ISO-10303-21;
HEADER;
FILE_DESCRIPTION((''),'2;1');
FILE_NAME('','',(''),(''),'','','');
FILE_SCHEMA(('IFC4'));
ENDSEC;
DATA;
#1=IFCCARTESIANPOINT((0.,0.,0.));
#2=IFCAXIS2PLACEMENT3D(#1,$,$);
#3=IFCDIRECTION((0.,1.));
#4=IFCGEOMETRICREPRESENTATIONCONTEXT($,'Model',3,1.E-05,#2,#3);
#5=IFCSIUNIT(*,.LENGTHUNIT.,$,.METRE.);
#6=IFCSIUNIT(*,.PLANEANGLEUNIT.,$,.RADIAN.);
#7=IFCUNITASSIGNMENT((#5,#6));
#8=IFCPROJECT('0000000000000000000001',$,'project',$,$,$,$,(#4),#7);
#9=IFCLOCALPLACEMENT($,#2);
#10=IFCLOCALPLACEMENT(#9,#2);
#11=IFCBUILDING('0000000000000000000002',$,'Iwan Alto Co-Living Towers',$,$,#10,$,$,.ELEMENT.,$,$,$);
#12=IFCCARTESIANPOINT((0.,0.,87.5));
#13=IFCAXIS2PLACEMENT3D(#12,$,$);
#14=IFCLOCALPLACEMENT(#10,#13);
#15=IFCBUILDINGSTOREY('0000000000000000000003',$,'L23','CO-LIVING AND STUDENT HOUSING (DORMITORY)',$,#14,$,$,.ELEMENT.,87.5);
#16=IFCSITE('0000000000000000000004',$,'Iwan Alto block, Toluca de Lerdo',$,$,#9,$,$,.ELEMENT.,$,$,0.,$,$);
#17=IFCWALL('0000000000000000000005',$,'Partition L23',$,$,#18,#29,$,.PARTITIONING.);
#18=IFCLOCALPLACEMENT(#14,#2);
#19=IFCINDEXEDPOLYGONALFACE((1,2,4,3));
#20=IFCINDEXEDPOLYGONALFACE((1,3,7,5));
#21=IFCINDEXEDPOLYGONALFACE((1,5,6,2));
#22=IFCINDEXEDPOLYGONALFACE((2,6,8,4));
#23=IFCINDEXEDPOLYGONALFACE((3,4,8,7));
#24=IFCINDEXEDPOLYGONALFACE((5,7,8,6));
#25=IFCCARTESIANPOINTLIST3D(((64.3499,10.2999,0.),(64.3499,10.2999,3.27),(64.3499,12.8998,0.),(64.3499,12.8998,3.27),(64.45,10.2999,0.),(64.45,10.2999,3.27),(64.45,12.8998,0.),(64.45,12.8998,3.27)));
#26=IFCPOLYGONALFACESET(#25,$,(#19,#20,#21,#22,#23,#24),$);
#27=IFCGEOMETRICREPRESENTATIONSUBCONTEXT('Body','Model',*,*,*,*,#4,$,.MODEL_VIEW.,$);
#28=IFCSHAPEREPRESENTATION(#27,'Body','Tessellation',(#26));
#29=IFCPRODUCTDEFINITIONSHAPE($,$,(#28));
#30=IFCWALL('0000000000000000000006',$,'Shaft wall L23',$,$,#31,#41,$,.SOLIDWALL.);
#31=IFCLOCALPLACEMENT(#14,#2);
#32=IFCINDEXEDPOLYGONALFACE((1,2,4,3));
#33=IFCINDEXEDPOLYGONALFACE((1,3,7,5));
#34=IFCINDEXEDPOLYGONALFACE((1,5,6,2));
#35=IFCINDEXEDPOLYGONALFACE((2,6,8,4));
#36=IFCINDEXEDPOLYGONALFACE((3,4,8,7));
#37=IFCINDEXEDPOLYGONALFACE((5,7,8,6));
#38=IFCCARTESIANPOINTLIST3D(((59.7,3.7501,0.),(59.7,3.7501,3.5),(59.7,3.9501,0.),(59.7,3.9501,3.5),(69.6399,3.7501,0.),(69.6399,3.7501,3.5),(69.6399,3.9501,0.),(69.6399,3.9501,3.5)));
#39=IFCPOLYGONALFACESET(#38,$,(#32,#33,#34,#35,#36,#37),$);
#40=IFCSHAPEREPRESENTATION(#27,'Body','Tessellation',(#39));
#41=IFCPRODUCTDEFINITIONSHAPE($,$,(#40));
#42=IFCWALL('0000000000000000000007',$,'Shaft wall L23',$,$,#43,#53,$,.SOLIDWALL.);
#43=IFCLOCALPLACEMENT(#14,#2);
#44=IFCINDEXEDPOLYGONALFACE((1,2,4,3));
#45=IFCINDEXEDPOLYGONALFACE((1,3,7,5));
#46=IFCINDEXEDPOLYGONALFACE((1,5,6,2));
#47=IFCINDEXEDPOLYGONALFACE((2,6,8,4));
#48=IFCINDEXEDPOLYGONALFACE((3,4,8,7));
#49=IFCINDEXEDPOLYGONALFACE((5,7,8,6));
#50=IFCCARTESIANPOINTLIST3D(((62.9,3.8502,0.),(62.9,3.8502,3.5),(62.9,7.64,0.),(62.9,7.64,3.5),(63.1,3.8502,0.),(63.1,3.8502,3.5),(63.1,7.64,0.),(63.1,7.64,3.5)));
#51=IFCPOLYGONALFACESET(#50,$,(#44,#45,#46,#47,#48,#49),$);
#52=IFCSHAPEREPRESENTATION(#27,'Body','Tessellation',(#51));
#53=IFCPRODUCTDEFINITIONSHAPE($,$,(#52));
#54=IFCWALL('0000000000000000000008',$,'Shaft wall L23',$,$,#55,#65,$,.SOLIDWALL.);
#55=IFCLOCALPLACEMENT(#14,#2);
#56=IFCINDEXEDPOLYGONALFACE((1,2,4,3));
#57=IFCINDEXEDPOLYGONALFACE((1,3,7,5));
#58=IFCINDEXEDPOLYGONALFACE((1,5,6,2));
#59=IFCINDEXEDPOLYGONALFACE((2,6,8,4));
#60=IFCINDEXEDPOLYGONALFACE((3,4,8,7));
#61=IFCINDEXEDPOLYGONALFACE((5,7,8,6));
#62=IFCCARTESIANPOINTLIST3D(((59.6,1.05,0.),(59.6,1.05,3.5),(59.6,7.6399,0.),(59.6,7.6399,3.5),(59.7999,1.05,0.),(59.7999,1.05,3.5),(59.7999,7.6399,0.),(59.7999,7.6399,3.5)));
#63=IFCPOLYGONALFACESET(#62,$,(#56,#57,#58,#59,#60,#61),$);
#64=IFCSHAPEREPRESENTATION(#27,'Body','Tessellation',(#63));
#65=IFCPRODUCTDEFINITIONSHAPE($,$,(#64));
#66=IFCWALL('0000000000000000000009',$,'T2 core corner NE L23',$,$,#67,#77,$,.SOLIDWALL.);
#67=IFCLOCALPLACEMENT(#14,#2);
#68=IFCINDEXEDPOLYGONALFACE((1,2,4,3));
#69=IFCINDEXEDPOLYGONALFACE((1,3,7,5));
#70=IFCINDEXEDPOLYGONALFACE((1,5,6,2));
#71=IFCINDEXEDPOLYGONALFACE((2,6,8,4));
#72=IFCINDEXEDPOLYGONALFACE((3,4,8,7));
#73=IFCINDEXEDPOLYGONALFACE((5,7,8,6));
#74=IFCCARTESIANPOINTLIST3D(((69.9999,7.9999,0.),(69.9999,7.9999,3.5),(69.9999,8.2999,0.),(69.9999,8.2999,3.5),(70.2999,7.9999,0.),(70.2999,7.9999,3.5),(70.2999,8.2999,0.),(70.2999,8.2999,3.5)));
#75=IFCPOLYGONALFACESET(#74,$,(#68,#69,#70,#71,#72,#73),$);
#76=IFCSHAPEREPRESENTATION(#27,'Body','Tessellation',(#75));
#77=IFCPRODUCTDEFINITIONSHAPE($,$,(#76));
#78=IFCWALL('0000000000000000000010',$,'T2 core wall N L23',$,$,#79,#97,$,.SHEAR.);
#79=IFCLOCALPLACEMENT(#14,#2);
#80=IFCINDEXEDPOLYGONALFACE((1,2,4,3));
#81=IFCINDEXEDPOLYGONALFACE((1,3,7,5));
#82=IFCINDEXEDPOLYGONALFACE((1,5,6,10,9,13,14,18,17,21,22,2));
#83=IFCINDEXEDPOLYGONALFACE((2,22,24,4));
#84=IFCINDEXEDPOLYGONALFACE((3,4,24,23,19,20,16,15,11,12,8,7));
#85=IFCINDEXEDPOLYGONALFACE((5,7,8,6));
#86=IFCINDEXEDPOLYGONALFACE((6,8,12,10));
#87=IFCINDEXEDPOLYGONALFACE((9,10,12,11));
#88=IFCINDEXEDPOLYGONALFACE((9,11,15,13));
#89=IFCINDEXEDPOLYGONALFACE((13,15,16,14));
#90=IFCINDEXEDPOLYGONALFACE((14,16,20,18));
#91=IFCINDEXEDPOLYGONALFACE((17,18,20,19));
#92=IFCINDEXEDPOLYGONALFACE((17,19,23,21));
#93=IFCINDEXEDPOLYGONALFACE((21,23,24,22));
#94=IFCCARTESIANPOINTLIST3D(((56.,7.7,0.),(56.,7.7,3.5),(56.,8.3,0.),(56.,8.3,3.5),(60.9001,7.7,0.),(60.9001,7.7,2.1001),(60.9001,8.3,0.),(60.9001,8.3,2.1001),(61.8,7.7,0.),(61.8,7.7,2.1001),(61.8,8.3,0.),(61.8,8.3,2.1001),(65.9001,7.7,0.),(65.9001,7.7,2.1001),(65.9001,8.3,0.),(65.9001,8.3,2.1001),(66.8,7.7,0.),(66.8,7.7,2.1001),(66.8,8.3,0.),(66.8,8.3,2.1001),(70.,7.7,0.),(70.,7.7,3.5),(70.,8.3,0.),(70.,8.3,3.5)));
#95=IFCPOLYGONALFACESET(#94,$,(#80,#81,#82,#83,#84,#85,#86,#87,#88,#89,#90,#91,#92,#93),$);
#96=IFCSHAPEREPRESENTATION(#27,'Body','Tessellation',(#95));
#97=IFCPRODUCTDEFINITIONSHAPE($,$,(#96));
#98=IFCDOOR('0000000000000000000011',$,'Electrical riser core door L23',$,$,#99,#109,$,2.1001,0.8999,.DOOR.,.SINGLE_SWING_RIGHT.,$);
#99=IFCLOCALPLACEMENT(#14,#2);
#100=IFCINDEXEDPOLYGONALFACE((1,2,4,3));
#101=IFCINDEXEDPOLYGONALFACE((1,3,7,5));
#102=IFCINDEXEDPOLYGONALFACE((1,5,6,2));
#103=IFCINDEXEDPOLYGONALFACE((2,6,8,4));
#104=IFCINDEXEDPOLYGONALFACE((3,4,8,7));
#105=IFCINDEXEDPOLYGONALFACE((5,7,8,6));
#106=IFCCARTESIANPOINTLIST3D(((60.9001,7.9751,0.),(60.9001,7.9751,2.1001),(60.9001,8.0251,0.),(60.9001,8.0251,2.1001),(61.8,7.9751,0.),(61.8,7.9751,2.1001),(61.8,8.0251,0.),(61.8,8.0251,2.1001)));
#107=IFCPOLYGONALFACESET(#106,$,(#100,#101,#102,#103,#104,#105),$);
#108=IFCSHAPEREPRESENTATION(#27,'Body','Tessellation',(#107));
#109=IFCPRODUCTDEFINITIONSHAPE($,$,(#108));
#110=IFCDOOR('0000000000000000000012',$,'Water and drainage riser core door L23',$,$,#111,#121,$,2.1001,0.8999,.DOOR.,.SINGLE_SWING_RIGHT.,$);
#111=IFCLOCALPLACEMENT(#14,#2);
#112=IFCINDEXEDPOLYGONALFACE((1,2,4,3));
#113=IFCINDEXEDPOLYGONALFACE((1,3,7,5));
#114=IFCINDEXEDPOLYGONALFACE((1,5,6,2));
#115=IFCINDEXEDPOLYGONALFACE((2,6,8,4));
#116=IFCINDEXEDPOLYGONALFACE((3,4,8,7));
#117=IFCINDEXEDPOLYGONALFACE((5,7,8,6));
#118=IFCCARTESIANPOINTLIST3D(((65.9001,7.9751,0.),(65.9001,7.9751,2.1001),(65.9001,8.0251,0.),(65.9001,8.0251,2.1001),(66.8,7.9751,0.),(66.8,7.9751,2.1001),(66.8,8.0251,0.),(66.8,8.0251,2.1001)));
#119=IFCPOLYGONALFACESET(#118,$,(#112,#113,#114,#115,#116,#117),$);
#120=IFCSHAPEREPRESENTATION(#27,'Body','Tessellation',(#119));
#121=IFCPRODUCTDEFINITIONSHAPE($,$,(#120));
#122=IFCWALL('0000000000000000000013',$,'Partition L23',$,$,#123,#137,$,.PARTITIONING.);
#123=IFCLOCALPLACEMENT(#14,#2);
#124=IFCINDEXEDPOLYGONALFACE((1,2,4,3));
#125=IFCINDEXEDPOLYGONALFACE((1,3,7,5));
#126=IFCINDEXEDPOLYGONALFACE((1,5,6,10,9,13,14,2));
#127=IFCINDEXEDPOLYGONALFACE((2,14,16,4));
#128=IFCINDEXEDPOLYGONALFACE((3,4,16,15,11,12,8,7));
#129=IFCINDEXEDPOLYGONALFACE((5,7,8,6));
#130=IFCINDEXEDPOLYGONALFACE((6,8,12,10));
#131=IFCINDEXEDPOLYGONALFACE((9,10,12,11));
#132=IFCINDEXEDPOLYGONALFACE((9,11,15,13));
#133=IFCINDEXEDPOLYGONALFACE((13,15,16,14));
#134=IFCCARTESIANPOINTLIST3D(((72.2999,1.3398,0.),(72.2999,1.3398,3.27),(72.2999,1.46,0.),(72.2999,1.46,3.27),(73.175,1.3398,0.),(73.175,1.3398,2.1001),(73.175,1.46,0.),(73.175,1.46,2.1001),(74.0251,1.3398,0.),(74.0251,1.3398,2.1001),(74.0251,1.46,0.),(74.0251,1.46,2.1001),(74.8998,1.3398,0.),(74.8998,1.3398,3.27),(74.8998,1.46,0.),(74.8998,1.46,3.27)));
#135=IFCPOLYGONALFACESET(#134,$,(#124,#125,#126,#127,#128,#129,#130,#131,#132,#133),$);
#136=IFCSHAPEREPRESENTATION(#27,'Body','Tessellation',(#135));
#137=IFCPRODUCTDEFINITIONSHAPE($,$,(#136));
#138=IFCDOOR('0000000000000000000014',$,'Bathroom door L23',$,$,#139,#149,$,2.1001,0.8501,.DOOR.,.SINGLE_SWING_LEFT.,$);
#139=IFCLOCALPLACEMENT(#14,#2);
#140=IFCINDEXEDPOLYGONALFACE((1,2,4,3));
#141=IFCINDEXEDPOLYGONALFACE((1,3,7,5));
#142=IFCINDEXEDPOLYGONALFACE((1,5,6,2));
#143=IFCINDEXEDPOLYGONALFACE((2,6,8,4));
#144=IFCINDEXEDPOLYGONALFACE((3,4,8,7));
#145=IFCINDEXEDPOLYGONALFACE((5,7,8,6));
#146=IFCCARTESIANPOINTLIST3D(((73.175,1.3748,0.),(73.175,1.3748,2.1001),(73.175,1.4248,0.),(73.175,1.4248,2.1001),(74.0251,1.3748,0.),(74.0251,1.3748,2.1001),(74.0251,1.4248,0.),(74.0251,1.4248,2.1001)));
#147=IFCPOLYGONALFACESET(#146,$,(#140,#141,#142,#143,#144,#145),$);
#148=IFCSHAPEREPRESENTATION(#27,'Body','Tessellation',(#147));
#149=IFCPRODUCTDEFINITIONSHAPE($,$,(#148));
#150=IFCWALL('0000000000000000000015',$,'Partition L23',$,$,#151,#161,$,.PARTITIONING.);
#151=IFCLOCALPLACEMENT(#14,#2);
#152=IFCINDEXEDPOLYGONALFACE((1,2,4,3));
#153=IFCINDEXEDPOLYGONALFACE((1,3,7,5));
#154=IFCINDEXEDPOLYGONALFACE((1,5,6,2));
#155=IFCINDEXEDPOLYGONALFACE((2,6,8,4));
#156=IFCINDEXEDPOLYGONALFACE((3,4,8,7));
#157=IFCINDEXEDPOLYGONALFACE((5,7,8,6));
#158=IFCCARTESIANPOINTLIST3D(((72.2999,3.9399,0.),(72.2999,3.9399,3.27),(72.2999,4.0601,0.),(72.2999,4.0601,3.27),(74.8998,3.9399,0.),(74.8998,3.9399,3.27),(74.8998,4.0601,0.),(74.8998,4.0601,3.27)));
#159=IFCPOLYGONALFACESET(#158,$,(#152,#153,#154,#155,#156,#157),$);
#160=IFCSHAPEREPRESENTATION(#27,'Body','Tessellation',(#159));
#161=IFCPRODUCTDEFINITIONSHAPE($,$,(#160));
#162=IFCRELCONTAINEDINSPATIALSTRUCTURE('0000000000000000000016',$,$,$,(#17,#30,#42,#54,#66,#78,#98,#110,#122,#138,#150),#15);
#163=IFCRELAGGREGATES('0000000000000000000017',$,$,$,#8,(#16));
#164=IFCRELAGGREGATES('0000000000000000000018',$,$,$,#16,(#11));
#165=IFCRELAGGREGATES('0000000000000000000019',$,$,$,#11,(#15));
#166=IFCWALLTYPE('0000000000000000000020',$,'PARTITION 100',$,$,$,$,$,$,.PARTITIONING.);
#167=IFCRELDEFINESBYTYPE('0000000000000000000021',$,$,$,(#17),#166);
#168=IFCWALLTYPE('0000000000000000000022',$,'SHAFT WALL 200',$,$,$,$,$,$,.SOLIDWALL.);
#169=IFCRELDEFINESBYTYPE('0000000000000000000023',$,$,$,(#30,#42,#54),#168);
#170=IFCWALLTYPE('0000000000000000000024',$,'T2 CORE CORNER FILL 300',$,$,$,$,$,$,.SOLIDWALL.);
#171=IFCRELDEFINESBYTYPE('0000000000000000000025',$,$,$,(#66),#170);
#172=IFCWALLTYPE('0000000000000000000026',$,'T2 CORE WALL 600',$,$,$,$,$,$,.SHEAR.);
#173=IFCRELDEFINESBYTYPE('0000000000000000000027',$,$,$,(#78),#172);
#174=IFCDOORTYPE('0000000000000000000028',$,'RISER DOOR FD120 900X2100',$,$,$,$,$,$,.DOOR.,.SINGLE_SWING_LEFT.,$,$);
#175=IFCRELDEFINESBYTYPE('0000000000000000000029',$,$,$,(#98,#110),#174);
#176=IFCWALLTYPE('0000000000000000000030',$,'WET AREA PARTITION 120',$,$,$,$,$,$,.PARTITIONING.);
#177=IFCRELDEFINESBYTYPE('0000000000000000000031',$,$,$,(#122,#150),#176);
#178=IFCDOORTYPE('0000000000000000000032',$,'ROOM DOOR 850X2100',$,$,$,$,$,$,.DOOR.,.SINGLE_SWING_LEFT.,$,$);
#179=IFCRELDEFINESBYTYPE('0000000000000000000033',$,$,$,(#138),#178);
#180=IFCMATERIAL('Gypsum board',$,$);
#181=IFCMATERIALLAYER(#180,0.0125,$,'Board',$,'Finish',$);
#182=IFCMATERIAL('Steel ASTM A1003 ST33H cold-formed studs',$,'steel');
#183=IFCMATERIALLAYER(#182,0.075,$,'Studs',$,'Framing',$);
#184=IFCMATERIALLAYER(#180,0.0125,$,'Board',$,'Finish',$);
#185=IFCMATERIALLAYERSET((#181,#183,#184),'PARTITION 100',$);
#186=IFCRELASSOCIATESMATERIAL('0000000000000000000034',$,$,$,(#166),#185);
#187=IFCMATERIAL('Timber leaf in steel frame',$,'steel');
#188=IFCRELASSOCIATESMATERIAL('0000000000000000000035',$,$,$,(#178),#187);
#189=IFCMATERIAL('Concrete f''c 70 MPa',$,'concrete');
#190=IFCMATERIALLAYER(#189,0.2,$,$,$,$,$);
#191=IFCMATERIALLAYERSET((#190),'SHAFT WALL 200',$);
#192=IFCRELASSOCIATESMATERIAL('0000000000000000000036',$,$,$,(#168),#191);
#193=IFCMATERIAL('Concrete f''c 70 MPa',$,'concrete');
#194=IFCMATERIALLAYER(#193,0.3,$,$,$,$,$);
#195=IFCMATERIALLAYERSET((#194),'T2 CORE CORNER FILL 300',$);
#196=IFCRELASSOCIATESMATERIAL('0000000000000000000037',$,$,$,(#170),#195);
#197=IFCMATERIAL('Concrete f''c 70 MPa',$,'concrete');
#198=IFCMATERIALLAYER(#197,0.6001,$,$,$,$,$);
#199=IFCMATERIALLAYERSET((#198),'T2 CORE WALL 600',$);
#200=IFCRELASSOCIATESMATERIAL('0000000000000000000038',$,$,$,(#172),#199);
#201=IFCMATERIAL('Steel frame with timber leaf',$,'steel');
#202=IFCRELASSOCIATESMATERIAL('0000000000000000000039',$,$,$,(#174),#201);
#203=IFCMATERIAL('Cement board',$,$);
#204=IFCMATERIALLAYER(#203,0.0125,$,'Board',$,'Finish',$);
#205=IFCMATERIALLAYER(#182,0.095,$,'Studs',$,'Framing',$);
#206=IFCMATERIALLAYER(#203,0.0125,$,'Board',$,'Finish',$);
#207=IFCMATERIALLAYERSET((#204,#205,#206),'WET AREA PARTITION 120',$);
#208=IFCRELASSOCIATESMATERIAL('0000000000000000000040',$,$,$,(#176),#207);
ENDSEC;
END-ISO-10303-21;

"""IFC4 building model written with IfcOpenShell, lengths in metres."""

from ifc_helpers import new_model, si_unit, direction, frame, frame_2d, origin, place, context, subcontext, project, spatial, rectangle, extrude, material, layer, layer_set, type_object, element, fill, save


model = new_model("IFC4")

# Units and contexts
model_context = context("Model", 3, precision=1e-05, world=origin(), true_north=direction((0.0, 1.0)))
body_context = subcontext(model_context, "Body", "Model", "MODEL_VIEW")
ifc_project = project(units=[si_unit("LENGTHUNIT", "METRE"), si_unit("PLANEANGLEUNIT", "RADIAN")], contexts=[model_context])

# Site, building, storey
site_placement = place(None, origin())
site = spatial("IfcSite", under=ifc_project, at=site_placement, Name="Iwan Alto block, Toluca de Lerdo", CompositionType="ELEMENT", RefElevation=0.0)
building_placement = place(site_placement, origin())
building = spatial("IfcBuilding", under=site, at=building_placement, Name="Iwan Alto Co-Living Towers", CompositionType="ELEMENT")
storey_placement = place(building_placement, frame((0.0, 0.0, 87.5)))
storey = spatial("IfcBuildingStorey", under=building, at=storey_placement, Name="L23", Description="CO-LIVING AND STUDENT HOUSING (DORMITORY)", CompositionType="ELEMENT", Elevation=87.5)

# Shared definitions
ifc_material_1 = material(Name="Gypsum board")
ifc_layer_1 = layer(ifc_material_1, 0.0125, Name="Board", Category="Finish")
ifc_material_2 = material(Name="Steel ASTM A1003 ST33H cold-formed studs", Category="steel")
ifc_layer_2 = layer(ifc_material_2, 0.075, Name="Studs", Category="Framing")
ifc_layer_3 = layer(ifc_material_1, 0.0125, Name="Board", Category="Finish")
ifc_layer_set_1 = layer_set([ifc_layer_1, ifc_layer_2, ifc_layer_3], Name="PARTITION 100")
wall_type_1 = type_object("IfcWallType", Name="PARTITION 100", PredefinedType="PARTITIONING", material=ifc_layer_set_1)

# Shared definitions
ifc_material_3 = material(Name="Timber leaf in steel frame", Category="steel")
door_type_1 = type_object("IfcDoorType", Name="ROOM DOOR 850X2100", OperationType="SINGLE_SWING_LEFT", PredefinedType="DOOR", material=ifc_material_3)

# Walls
for number, where, z_axis, x_axis, name in (
    (1, (64.3999, 10.3, 0.0), (0.0, 0.0, 1.0), (0.0, 1.0, 0.0), "Partition L23"),
):
    element("IfcWall", number, at=place(storey_placement, frame(where, z_axis=z_axis, x_axis=x_axis)), inside=storey, type_object=wall_type_1, Name=name, PredefinedType="PARTITIONING", context=body_context, shape_type="SweptSolid", body=[
        extrude(rectangle(XDim=2.5999, YDim=0.1001, at=frame_2d((1.2998, 0.0))), origin(), (0.0, 0.0, 1.0), 3.27),
    ])
ifc_material_4 = material(Name="Concrete f'c 70 MPa", Category="concrete")
ifc_layer_4 = layer(ifc_material_4, 0.2)
ifc_layer_set_2 = layer_set([ifc_layer_4], Name="SHAFT WALL 200")
wall_type_2 = type_object("IfcWallType", Name="SHAFT WALL 200", PredefinedType="SOLIDWALL", material=ifc_layer_set_2)
wall_1_placement = place(storey_placement, frame((59.7, 3.8501, 0.0), z_axis=(0.0, 0.0, 1.0), x_axis=(1.0, 0.0, 0.0)))
element("IfcWall", 2, at=wall_1_placement, inside=storey, type_object=wall_type_2, Name="Shaft wall L23", PredefinedType="SOLIDWALL", context=body_context, shape_type="SweptSolid", body=[
    extrude(rectangle(XDim=9.9399, YDim=0.2, at=frame_2d((4.97, 0.0))), origin(), (0.0, 0.0, 1.0), 3.5),
])
wall_2_placement = place(storey_placement, frame((63.0, 3.8501, 0.0), z_axis=(0.0, 0.0, 1.0), x_axis=(0.0, 1.0, 0.0)))
element("IfcWall", 3, at=wall_2_placement, inside=storey, type_object=wall_type_2, Name="Shaft wall L23", PredefinedType="SOLIDWALL", context=body_context, shape_type="SweptSolid", body=[
    extrude(rectangle(XDim=3.7898, YDim=0.2, at=frame_2d((1.895, 0.0))), origin(), (0.0, 0.0, 1.0), 3.5),
])
wall_3_placement = place(storey_placement, frame((59.7, 1.05, 0.0), z_axis=(0.0, 0.0, 1.0), x_axis=(0.0, 1.0, 0.0)))
element("IfcWall", 4, at=wall_3_placement, inside=storey, type_object=wall_type_2, Name="Shaft wall L23", PredefinedType="SOLIDWALL", context=body_context, shape_type="SweptSolid", body=[
    extrude(rectangle(XDim=6.5898, YDim=0.2, at=frame_2d((3.2949, 0.0))), origin(), (0.0, 0.0, 1.0), 3.5),
])
ifc_material_5 = material(Name="Concrete f'c 70 MPa", Category="concrete")
ifc_layer_5 = layer(ifc_material_5, 0.3)
ifc_layer_set_3 = layer_set([ifc_layer_5], Name="T2 CORE CORNER FILL 300")
wall_type_3 = type_object("IfcWallType", Name="T2 CORE CORNER FILL 300", PredefinedType="SOLIDWALL", material=ifc_layer_set_3)
wall_4_placement = place(storey_placement, frame((70.0, 8.1499, 0.0), z_axis=(0.0, 0.0, 1.0), x_axis=(1.0, 0.0, 0.0)))
element("IfcWall", 5, at=wall_4_placement, inside=storey, type_object=wall_type_3, Name="T2 core corner NE L23", PredefinedType="SOLIDWALL", context=body_context, shape_type="SweptSolid", body=[
    extrude(rectangle(XDim=0.3, YDim=0.3, at=frame_2d((0.1499, 0.0))), origin(), (0.0, 0.0, 1.0), 3.5),
])

# Wall, openings, doors
ifc_material_6 = material(Name="Concrete f'c 70 MPa", Category="concrete")
ifc_layer_6 = layer(ifc_material_6, 0.6001)
ifc_layer_set_4 = layer_set([ifc_layer_6], Name="T2 CORE WALL 600")
wall_type_4 = type_object("IfcWallType", Name="T2 CORE WALL 600", PredefinedType="SHEAR", material=ifc_layer_set_4)
wall_5_placement = place(storey_placement, frame((70.0, 8.0, 0.0), z_axis=(0.0, 0.0, 1.0), x_axis=(-1.0, 0.0, 0.0)))
wall_5 = element("IfcWall", 6, at=wall_5_placement, inside=storey, type_object=wall_type_4, Name="T2 core wall N L23", PredefinedType="SHEAR", context=body_context, shape_type="SweptSolid", body=[
    extrude(rectangle(XDim=14.0, YDim=0.6001, at=frame_2d((7.0, 0.0))), origin(), (0.0, 0.0, 1.0), 3.5),
])
opening_1_placement = place(wall_5_placement, frame((8.2, 0.0, 0.0)))
opening_1 = element("IfcOpeningElement", 7, at=opening_1_placement, cuts=wall_5, PredefinedType="OPENING", context=body_context, shape_type="SweptSolid", body=[
    extrude(rectangle(XDim=0.8999, YDim=2.1001, at=frame_2d((0.45, 1.05))), frame((0.0, 0.3101, 0.0), z_axis=(0.0, -1.0, 0.0), x_axis=(1.0, 0.0, 0.0)), (0.0, 0.0, 1.0), 0.6201),
])
opening_2_placement = place(wall_5_placement, frame((3.2, 0.0, 0.0)))
opening_2 = element("IfcOpeningElement", 8, at=opening_2_placement, cuts=wall_5, PredefinedType="OPENING", context=body_context, shape_type="SweptSolid", body=[
    extrude(rectangle(XDim=0.8999, YDim=2.1001, at=frame_2d((0.45, 1.05))), frame((0.0, 0.3101, 0.0), z_axis=(0.0, -1.0, 0.0), x_axis=(1.0, 0.0, 0.0)), (0.0, 0.0, 1.0), 0.6201),
])
ifc_material_7 = material(Name="Steel frame with timber leaf", Category="steel")
door_type_2 = type_object("IfcDoorType", Name="RISER DOOR FD120 900X2100", OperationType="SINGLE_SWING_LEFT", PredefinedType="DOOR", material=ifc_material_7)
door_1_placement = place(opening_1_placement, origin())
door_1 = element("IfcDoor", 9, at=door_1_placement, inside=storey, type_object=door_type_2, Name="Electrical riser core door L23", OperationType="SINGLE_SWING_RIGHT", OverallHeight=2.1001, OverallWidth=0.8999, PredefinedType="DOOR", context=body_context, shape_type="SweptSolid", body=[
    extrude(rectangle(XDim=0.8999, YDim=2.1001, at=frame_2d((0.45, 1.05))), frame((0.0, 0.0249, 0.0), z_axis=(0.0, -1.0, 0.0), x_axis=(1.0, 0.0, 0.0)), (0.0, 0.0, 1.0), 0.05),
])
fill(opening_1, door_1)
door_2_placement = place(opening_2_placement, origin())
door_2 = element("IfcDoor", 10, at=door_2_placement, inside=storey, type_object=door_type_2, Name="Water and drainage riser core door L23", OperationType="SINGLE_SWING_RIGHT", OverallHeight=2.1001, OverallWidth=0.8999, PredefinedType="DOOR", context=body_context, shape_type="SweptSolid", body=[
    extrude(rectangle(XDim=0.8999, YDim=2.1001, at=frame_2d((0.45, 1.05))), frame((0.0, 0.0249, 0.0), z_axis=(0.0, -1.0, 0.0), x_axis=(1.0, 0.0, 0.0)), (0.0, 0.0, 1.0), 0.05),
])
fill(opening_2, door_2)

# Wall, opening, door
ifc_material_8 = material(Name="Cement board")
ifc_layer_7 = layer(ifc_material_8, 0.0125, Name="Board", Category="Finish")
ifc_layer_8 = layer(ifc_material_2, 0.095, Name="Studs", Category="Framing")
ifc_layer_9 = layer(ifc_material_8, 0.0125, Name="Board", Category="Finish")
ifc_layer_set_5 = layer_set([ifc_layer_7, ifc_layer_8, ifc_layer_9], Name="WET AREA PARTITION 120")
wall_type_5 = type_object("IfcWallType", Name="WET AREA PARTITION 120", PredefinedType="PARTITIONING", material=ifc_layer_set_5)
wall_6_placement = place(storey_placement, frame((72.3, 1.3999, 0.0), z_axis=(0.0, 0.0, 1.0), x_axis=(1.0, 0.0, 0.0)))
wall_6 = element("IfcWall", 11, at=wall_6_placement, inside=storey, type_object=wall_type_5, Name="Partition L23", PredefinedType="PARTITIONING", context=body_context, shape_type="SweptSolid", body=[
    extrude(rectangle(XDim=2.5999, YDim=0.1201, at=frame_2d((1.2998, 0.0))), origin(), (0.0, 0.0, 1.0), 3.27),
])
opening_3_placement = place(wall_6_placement, frame((0.875, 0.0, 0.0)))
opening_3 = element("IfcOpeningElement", 12, at=opening_3_placement, cuts=wall_6, PredefinedType="OPENING", context=body_context, shape_type="SweptSolid", body=[
    extrude(rectangle(XDim=0.8501, YDim=2.1001, at=frame_2d((0.425, 1.05))), frame((0.0, 0.0701, 0.0), z_axis=(0.0, -1.0, 0.0), x_axis=(1.0, 0.0, 0.0)), (0.0, 0.0, 1.0), 0.1401),
])
door_3_placement = place(opening_3_placement, origin())
door_3 = element("IfcDoor", 13, at=door_3_placement, inside=storey, type_object=door_type_1, Name="Bathroom door L23", OperationType="SINGLE_SWING_LEFT", OverallHeight=2.1001, OverallWidth=0.8501, PredefinedType="DOOR", context=body_context, shape_type="SweptSolid", body=[
    extrude(rectangle(XDim=0.8501, YDim=2.1001, at=frame_2d((0.425, 1.05))), frame((0.0, 0.0249, 0.0), z_axis=(0.0, -1.0, 0.0), x_axis=(1.0, 0.0, 0.0)), (0.0, 0.0, 1.0), 0.05),
])
fill(opening_3, door_3)

# Wall
wall_7_placement = place(storey_placement, frame((72.3, 4.0, 0.0), z_axis=(0.0, 0.0, 1.0), x_axis=(1.0, 0.0, 0.0)))
element("IfcWall", 14, at=wall_7_placement, inside=storey, type_object=wall_type_5, Name="Partition L23", PredefinedType="PARTITIONING", context=body_context, shape_type="SweptSolid", body=[
    extrude(rectangle(XDim=2.5999, YDim=0.1201, at=frame_2d((1.2998, 0.0))), origin(), (0.0, 0.0, 1.0), 3.27),
])

save(model, "model.ifc")
